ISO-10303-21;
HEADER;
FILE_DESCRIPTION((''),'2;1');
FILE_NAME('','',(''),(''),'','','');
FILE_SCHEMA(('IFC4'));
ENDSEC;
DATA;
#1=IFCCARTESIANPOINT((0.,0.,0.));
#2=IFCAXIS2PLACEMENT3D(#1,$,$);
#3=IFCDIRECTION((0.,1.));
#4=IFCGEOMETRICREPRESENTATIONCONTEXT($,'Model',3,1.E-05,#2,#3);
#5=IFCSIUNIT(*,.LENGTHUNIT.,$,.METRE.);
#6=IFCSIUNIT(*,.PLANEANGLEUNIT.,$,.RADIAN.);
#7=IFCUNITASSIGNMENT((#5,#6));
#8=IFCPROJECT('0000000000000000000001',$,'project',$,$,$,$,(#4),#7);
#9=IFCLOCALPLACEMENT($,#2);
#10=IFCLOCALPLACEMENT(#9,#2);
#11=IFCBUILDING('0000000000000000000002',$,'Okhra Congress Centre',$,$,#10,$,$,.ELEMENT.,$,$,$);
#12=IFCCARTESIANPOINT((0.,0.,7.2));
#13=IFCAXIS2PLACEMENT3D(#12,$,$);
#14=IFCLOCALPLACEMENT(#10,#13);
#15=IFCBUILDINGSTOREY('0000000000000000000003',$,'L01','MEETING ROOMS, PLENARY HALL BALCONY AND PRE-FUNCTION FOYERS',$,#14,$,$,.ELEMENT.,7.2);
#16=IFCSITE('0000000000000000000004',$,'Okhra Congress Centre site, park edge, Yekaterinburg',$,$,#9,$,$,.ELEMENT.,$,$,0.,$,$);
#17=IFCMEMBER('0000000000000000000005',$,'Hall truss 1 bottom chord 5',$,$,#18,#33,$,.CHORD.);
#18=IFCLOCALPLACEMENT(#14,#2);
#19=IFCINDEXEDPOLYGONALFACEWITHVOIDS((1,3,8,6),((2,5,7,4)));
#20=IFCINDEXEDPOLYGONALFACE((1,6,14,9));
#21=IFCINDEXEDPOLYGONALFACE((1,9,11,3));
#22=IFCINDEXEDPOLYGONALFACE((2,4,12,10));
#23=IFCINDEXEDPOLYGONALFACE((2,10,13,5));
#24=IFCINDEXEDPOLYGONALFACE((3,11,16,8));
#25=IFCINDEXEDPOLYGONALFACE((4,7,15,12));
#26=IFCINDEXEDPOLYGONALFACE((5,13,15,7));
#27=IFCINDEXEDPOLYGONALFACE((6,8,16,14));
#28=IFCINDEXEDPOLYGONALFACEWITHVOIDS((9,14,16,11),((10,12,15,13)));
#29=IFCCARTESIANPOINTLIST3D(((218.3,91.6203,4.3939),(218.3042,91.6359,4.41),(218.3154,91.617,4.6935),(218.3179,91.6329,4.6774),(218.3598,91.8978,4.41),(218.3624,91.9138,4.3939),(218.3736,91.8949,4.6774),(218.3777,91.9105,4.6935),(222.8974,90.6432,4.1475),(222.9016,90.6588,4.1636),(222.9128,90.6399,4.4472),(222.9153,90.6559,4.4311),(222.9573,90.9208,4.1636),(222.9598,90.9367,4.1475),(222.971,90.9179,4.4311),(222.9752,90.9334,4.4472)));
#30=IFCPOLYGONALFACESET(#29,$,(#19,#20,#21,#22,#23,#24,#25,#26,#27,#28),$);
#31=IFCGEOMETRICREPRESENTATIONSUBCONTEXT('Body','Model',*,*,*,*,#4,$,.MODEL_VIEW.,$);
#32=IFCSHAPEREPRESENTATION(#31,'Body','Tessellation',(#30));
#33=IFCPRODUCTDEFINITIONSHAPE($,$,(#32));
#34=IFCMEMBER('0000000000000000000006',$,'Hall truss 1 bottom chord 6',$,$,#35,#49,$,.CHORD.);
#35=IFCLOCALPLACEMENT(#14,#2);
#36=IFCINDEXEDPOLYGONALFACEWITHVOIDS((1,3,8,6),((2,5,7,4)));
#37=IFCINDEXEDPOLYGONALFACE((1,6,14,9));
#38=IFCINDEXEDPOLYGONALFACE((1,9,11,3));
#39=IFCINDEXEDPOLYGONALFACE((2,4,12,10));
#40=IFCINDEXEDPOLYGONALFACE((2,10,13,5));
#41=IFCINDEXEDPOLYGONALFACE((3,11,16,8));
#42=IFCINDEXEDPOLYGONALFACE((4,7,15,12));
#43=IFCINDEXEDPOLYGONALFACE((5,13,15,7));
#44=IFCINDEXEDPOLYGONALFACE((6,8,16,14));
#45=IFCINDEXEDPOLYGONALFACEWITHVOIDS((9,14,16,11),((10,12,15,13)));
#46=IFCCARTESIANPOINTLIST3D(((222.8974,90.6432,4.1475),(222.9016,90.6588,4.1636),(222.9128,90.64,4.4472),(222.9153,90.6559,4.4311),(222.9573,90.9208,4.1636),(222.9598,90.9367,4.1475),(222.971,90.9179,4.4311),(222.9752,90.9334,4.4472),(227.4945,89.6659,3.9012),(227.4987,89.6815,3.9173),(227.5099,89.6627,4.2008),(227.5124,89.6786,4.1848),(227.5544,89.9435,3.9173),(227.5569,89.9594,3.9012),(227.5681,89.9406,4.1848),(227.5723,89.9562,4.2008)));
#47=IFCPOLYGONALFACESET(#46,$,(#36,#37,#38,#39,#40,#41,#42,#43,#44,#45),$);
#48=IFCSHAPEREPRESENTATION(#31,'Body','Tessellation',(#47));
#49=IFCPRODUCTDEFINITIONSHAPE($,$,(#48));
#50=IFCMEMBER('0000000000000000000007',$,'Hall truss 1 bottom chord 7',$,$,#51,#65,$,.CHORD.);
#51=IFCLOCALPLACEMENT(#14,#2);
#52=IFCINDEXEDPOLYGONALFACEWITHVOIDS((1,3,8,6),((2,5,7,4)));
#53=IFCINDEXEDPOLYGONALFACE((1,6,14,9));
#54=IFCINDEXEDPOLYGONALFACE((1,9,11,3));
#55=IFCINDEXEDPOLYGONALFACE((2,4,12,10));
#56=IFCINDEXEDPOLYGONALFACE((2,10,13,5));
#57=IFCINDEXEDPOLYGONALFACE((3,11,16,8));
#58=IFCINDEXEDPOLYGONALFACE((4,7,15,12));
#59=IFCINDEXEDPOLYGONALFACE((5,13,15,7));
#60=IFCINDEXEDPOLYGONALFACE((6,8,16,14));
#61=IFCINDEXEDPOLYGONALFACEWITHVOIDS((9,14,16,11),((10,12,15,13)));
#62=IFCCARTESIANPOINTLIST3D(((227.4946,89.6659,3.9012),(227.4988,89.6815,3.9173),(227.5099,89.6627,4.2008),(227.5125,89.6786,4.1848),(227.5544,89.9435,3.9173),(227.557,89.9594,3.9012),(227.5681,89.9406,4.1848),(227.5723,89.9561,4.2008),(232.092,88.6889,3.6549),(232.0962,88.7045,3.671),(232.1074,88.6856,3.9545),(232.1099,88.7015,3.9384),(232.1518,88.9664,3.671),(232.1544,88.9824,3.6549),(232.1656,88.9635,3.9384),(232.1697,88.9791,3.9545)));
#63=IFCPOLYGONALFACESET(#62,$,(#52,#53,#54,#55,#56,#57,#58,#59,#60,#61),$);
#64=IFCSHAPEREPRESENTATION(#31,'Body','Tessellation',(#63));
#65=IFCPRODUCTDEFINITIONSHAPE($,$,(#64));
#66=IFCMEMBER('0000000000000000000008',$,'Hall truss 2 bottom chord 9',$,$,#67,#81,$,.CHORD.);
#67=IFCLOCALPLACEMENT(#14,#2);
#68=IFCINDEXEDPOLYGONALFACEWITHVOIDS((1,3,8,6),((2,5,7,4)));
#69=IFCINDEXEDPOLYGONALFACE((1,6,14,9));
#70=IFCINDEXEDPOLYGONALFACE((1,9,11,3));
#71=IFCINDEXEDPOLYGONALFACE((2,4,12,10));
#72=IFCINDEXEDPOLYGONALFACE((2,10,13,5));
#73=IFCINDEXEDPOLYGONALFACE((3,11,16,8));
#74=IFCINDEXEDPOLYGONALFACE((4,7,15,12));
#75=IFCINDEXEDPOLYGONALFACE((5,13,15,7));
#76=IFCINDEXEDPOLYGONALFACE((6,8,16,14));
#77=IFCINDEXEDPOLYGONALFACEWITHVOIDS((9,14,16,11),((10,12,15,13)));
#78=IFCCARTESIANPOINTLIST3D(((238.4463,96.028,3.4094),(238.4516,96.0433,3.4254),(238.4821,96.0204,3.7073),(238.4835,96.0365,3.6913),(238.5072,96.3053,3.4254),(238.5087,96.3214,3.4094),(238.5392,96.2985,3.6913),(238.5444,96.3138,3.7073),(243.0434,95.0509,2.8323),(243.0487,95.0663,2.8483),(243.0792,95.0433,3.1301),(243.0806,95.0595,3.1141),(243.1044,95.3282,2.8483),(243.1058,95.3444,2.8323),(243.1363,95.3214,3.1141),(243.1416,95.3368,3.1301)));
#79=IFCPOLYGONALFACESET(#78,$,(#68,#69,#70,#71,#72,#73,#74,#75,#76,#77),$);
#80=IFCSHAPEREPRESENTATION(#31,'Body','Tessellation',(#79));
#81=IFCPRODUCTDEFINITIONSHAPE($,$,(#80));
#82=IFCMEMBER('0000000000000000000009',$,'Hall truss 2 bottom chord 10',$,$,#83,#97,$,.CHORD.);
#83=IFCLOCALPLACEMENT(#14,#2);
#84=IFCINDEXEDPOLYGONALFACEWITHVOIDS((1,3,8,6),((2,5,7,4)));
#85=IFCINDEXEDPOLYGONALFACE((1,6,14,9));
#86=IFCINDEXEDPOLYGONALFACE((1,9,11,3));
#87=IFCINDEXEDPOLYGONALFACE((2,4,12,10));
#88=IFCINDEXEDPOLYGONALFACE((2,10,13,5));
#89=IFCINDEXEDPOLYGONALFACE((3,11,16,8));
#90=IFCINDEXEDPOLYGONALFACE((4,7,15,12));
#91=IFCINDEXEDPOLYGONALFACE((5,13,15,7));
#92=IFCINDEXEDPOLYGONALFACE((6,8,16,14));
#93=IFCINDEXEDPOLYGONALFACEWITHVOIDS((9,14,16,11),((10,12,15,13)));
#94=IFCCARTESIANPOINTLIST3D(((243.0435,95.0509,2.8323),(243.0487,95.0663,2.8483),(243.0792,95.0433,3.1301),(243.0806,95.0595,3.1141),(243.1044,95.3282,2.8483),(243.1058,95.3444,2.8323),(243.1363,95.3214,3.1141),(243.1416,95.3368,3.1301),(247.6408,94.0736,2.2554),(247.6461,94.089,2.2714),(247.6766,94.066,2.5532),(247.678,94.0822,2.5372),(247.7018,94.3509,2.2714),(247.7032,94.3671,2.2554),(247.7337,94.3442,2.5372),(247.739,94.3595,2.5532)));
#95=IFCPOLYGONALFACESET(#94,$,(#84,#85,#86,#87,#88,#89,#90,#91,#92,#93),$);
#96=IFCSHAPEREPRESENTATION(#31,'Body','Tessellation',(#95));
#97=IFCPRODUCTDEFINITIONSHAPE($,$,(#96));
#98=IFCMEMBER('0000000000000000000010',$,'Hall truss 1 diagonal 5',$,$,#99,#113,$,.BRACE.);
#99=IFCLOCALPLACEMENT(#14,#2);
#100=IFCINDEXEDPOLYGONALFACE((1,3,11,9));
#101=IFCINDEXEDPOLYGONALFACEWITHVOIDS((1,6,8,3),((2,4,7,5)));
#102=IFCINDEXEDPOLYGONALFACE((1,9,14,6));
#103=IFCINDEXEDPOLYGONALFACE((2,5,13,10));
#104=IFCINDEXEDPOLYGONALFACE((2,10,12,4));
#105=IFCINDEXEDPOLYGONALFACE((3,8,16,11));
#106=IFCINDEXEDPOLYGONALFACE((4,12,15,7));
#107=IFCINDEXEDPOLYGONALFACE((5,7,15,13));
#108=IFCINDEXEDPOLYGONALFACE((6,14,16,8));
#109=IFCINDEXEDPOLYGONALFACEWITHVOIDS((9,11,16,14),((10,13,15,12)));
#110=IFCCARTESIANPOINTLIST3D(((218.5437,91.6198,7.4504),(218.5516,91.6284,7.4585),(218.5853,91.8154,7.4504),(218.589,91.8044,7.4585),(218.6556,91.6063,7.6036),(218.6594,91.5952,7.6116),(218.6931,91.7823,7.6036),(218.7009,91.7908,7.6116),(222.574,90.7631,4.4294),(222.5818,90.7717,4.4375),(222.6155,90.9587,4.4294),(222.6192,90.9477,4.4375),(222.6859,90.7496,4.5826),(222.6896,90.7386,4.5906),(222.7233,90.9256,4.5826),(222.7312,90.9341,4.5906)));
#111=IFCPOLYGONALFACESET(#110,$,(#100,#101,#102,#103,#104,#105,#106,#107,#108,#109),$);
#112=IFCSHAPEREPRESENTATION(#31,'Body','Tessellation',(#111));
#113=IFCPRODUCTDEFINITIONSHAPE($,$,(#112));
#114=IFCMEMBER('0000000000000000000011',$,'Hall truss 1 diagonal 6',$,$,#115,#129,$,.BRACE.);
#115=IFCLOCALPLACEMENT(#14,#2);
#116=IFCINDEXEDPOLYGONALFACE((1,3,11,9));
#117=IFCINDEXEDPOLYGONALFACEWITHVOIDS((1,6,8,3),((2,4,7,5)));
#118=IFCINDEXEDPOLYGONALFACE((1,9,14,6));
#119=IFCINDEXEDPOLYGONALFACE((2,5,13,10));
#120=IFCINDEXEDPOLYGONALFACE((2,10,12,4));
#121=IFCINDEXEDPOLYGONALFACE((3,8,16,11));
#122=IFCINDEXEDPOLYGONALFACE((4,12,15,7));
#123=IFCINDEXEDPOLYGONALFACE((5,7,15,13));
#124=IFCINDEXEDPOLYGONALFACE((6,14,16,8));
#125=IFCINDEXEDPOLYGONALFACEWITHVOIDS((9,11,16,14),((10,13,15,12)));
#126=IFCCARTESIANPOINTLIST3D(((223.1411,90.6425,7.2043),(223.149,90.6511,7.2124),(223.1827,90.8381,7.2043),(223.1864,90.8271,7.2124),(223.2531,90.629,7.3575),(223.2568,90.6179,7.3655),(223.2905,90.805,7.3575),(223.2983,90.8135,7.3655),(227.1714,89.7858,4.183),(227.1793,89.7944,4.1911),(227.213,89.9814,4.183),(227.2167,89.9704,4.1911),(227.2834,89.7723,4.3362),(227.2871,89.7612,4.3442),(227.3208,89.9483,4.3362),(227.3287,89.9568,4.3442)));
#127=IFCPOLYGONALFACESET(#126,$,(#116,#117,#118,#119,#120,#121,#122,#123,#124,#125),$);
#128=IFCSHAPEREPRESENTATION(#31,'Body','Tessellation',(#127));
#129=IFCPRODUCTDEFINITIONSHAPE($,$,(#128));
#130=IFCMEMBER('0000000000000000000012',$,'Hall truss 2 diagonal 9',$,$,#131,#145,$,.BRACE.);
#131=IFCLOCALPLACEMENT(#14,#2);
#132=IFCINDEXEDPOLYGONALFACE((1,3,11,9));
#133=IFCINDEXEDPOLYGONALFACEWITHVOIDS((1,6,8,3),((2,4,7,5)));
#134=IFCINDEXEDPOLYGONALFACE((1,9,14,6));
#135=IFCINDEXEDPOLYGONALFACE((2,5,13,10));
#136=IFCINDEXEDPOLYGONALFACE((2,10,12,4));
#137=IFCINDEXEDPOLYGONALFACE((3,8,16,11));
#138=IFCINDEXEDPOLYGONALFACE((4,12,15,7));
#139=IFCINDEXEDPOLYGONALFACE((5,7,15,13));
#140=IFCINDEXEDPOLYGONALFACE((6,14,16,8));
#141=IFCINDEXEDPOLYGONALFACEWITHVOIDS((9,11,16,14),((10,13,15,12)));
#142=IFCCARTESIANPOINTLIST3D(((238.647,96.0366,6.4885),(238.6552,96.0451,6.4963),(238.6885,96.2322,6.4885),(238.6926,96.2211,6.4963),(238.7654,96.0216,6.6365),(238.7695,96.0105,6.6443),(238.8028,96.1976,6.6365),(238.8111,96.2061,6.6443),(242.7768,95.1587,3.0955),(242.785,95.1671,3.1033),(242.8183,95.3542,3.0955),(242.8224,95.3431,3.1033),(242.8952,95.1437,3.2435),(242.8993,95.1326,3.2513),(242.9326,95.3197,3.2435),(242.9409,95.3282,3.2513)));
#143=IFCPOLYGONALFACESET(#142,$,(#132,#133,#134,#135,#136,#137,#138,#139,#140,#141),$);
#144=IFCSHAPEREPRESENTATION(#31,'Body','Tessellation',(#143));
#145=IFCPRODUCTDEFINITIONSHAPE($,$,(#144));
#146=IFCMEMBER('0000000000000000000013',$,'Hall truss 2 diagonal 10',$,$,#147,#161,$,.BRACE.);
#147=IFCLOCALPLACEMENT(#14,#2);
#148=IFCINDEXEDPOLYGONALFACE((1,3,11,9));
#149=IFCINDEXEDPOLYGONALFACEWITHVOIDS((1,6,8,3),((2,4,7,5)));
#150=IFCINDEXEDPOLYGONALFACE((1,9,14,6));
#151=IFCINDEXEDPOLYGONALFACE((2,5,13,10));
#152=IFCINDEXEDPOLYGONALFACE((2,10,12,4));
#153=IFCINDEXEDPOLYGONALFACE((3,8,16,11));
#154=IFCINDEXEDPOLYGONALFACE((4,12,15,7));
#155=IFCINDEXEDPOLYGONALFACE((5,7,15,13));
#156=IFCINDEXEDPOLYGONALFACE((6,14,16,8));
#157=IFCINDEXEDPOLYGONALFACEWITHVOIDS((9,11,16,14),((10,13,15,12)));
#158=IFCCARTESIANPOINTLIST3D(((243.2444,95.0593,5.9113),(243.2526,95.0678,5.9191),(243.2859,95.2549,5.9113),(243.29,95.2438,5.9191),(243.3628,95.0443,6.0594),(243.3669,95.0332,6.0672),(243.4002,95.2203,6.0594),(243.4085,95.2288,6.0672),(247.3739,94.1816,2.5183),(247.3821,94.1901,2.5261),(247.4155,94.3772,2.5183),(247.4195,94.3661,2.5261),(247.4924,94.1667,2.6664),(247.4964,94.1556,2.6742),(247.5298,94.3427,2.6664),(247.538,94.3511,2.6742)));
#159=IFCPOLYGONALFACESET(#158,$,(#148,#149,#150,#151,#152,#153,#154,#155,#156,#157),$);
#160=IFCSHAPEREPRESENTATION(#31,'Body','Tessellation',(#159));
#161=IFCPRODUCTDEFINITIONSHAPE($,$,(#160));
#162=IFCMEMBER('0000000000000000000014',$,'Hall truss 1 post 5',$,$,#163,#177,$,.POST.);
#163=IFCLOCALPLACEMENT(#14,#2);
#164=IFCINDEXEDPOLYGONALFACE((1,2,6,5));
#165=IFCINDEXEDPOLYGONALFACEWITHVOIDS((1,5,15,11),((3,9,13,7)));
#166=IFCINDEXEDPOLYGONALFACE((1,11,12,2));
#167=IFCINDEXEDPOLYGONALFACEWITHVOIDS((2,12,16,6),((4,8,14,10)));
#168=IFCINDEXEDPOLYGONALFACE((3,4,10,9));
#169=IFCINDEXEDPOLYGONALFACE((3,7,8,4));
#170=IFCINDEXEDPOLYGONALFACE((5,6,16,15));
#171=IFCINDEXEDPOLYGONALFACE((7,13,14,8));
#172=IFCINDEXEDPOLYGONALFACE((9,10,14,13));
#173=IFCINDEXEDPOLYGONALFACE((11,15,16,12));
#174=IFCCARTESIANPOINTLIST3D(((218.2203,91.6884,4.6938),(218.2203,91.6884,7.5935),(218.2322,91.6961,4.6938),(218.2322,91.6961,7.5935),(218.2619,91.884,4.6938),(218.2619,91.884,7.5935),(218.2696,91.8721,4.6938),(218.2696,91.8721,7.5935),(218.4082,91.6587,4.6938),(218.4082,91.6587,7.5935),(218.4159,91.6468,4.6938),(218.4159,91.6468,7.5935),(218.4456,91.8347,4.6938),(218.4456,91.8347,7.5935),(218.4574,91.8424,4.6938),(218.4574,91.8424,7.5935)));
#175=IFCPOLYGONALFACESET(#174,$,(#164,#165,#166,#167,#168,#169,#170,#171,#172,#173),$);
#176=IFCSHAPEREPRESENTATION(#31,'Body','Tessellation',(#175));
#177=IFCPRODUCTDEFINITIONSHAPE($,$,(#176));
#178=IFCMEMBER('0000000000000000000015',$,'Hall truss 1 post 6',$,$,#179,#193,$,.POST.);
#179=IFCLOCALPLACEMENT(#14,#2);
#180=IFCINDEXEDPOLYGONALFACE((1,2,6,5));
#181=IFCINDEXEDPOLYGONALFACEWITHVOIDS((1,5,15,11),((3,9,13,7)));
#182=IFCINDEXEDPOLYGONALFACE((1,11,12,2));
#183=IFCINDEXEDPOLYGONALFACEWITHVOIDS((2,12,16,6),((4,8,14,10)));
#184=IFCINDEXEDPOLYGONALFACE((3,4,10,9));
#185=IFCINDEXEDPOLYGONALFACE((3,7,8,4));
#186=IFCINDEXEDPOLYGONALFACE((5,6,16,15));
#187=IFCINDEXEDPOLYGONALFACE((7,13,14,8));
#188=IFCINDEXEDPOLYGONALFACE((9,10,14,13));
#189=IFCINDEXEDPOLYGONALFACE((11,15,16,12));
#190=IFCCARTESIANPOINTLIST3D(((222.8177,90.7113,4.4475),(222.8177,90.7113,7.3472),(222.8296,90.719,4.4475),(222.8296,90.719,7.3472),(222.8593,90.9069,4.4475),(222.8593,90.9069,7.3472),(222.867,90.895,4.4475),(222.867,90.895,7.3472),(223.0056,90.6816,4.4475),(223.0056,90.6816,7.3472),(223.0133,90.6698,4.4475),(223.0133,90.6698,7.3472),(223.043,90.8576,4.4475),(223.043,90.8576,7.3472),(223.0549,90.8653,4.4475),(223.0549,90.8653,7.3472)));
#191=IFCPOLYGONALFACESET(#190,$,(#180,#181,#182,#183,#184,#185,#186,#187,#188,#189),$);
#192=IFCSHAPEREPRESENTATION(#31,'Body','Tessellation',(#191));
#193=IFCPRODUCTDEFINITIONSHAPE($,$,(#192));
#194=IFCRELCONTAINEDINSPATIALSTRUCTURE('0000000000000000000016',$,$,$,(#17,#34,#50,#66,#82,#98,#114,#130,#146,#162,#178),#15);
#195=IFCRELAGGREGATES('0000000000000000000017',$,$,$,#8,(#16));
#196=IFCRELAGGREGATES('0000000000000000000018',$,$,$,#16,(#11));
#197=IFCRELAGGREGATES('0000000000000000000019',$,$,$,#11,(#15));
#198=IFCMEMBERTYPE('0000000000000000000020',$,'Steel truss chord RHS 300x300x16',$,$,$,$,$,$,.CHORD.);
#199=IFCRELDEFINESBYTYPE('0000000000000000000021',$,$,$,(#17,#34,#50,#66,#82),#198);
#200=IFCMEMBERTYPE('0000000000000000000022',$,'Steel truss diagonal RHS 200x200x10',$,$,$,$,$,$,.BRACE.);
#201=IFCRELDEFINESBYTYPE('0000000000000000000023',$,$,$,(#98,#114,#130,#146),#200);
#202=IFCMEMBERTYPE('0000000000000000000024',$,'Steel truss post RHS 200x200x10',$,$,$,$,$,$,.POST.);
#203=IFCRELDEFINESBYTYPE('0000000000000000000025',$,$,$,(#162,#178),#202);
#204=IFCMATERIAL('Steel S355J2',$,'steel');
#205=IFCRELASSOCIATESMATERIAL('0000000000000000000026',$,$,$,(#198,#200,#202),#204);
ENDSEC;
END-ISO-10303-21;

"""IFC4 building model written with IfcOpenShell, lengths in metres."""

from ifc_helpers import new_model, si_unit, direction, frame, origin, origin_2d, place, context, subcontext, project, spatial, hollow_rectangle, extrude, material, material_profile, profile_set, type_object, element, save


model = new_model("IFC4")

# Units and contexts
model_context = context("Model", 3, precision=1e-05, world=origin(), true_north=direction((0.0, 1.0)))
body_context = subcontext(model_context, "Body", "Model", "MODEL_VIEW")
ifc_project = project(units=[si_unit("LENGTHUNIT", "METRE"), si_unit("PLANEANGLEUNIT", "RADIAN")], contexts=[model_context])

# Site, building, storey
site_placement = place(None, origin())
site = spatial("IfcSite", under=ifc_project, at=site_placement, Name="Okhra Congress Centre site, park edge, Yekaterinburg", CompositionType="ELEMENT", RefElevation=0.0)
building_placement = place(site_placement, origin())
building = spatial("IfcBuilding", under=site, at=building_placement, Name="Okhra Congress Centre", CompositionType="ELEMENT")
storey_placement = place(building_placement, frame((0.0, 0.0, 7.2)))
storey = spatial("IfcBuildingStorey", under=building, at=storey_placement, Name="L01", Description="MEETING ROOMS, PLENARY HALL BALCONY AND PRE-FUNCTION FOYERS", CompositionType="ELEMENT", Elevation=7.2)

# Members
ifc_material = material(Name="Steel S355J2", Category="steel")
ifc_material_profile_1 = material_profile(ifc_material, hollow_rectangle(XDim=0.3, YDim=0.3, WallThickness=0.0161, at=origin_2d()), Name="RHS 300x300x16")
ifc_profile_set_1 = profile_set([ifc_material_profile_1], Name="Steel S355J2")
member_type_1 = type_object("IfcMemberType", Name="Steel truss chord RHS 300x300x16", PredefinedType="CHORD", material=ifc_profile_set_1)
member_1_placement = place(storey_placement, frame((218.3389, 91.7654, 4.5437), z_axis=(0.976814, -0.207594, -0.052339), x_axis=(0.207879, 0.978154, 0.0)))
element("IfcMember", 1, at=member_1_placement, inside=storey, type_object=member_type_1, Name="Hall truss 1 bottom chord 5", PredefinedType="CHORD", context=body_context, shape_type="SweptSolid", body=[
    extrude(hollow_rectangle(XDim=0.3, YDim=0.3, WallThickness=0.0161, at=origin_2d()), origin(), (0.0, 0.0, 1.0), 4.7065),
])
member_2_placement = place(storey_placement, frame((222.9363, 90.7883, 4.2974), z_axis=(0.976801, -0.207654, -0.052342), x_axis=(0.20794, 0.978142, 0.0)))
element("IfcMember", 2, at=member_2_placement, inside=storey, type_object=member_type_1, Name="Hall truss 1 bottom chord 6", PredefinedType="CHORD", context=body_context, shape_type="SweptSolid", body=[
    extrude(hollow_rectangle(XDim=0.3, YDim=0.3, WallThickness=0.0161, at=origin_2d()), origin(), (0.0, 0.0, 1.0), 4.7063),
])
member_3_placement = place(storey_placement, frame((227.5334, 89.811, 4.051), z_axis=(0.976814, -0.207594, -0.052339), x_axis=(0.207879, 0.978154, 0.0)))
element("IfcMember", 3, at=member_3_placement, inside=storey, type_object=member_type_1, Name="Hall truss 1 bottom chord 7", PredefinedType="CHORD", context=body_context, shape_type="SweptSolid", body=[
    extrude(hollow_rectangle(XDim=0.3, YDim=0.3, WallThickness=0.0161, at=origin_2d()), origin(), (0.0, 0.0, 1.0), 4.7065),
])
member_4_placement = place(storey_placement, frame((238.4954, 96.1709, 3.5583), z_axis=(0.970859, -0.20634, -0.121886), x_axis=(0.20789, 0.978152, 0.0)))
element("IfcMember", 4, at=member_4_placement, inside=storey, type_object=member_type_1, Name="Hall truss 2 bottom chord 9", PredefinedType="CHORD", context=body_context, shape_type="SweptSolid", body=[
    extrude(hollow_rectangle(XDim=0.3, YDim=0.3, WallThickness=0.0161, at=origin_2d()), origin(), (0.0, 0.0, 1.0), 4.7351),
])
member_5_placement = place(storey_placement, frame((243.0925, 95.1938, 2.9812), z_axis=(0.970858, -0.20638, -0.121828), x_axis=(0.207929, 0.978144, 0.0)))
element("IfcMember", 5, at=member_5_placement, inside=storey, type_object=member_type_1, Name="Hall truss 2 bottom chord 10", PredefinedType="CHORD", context=body_context, shape_type="SweptSolid", body=[
    extrude(hollow_rectangle(XDim=0.3, YDim=0.3, WallThickness=0.0161, at=origin_2d()), origin(), (0.0, 0.0, 1.0), 4.7354),
])
ifc_material_profile_2 = material_profile(ifc_material, hollow_rectangle(XDim=0.2, YDim=0.2, WallThickness=0.01, at=origin_2d()), Name="RHS 200x200x10 diagonal")
ifc_profile_set_2 = profile_set([ifc_material_profile_2], Name="Steel S355J2")
member_type_2 = type_object("IfcMemberType", Name="Steel truss diagonal RHS 200x200x10", PredefinedType="BRACE", material=ifc_profile_set_2)
member_6_placement = place(storey_placement, frame((218.6223, 91.7053, 7.531), z_axis=(0.788834, -0.167677, -0.591291), x_axis=(0.207918, 0.978146, 0.0)))
element("IfcMember", 6, at=member_6_placement, inside=storey, type_object=member_type_2, Name="Hall truss 1 diagonal 5", PredefinedType="BRACE", context=body_context, shape_type="SweptSolid", body=[
    extrude(hollow_rectangle(XDim=0.2, YDim=0.2, WallThickness=0.01, at=origin_2d()), origin(), (0.0, 0.0, 1.0), 5.1091),
])
member_7_placement = place(storey_placement, frame((223.2197, 90.728, 7.2849), z_axis=(0.788812, -0.167673, -0.591322), x_axis=(0.207918, 0.978146, 0.0)))
element("IfcMember", 7, at=member_7_placement, inside=storey, type_object=member_type_2, Name="Hall truss 1 diagonal 6", PredefinedType="BRACE", context=body_context, shape_type="SweptSolid", body=[
    extrude(hollow_rectangle(XDim=0.2, YDim=0.2, WallThickness=0.01, at=origin_2d()), origin(), (0.0, 0.0, 1.0), 5.1094),
])
member_8_placement = place(storey_placement, frame((238.729, 96.1213, 6.5664), z_axis=(0.762449, -0.162081, -0.62642), x_axis=(0.207933, 0.978143, 0.0)))
element("IfcMember", 8, at=member_8_placement, inside=storey, type_object=member_type_2, Name="Hall truss 2 diagonal 9", PredefinedType="BRACE", context=body_context, shape_type="SweptSolid", body=[
    extrude(hollow_rectangle(XDim=0.2, YDim=0.2, WallThickness=0.01, at=origin_2d()), origin(), (0.0, 0.0, 1.0), 5.4165),
])
member_9_placement = place(storey_placement, frame((243.3264, 95.144, 5.9893), z_axis=(0.762436, -0.162043, -0.626446), x_axis=(0.20789, 0.978152, 0.0)))
element("IfcMember", 9, at=member_9_placement, inside=storey, type_object=member_type_2, Name="Hall truss 2 diagonal 10", PredefinedType="BRACE", context=body_context, shape_type="SweptSolid", body=[
    extrude(hollow_rectangle(XDim=0.2, YDim=0.2, WallThickness=0.01, at=origin_2d()), origin(), (0.0, 0.0, 1.0), 5.4163),
])
ifc_material_profile_3 = material_profile(ifc_material, hollow_rectangle(XDim=0.2, YDim=0.2, WallThickness=0.01, at=origin_2d()), Name="RHS 200x200x10")
ifc_profile_set_3 = profile_set([ifc_material_profile_3], Name="Steel S355J2")
member_type_3 = type_object("IfcMemberType", Name="Steel truss post RHS 200x200x10", PredefinedType="POST", material=ifc_profile_set_3)
for number, where, z_axis, x_axis, name in (
    (10, (218.3389, 91.7654, 4.6938), (0.0, 0.0, 1.0), (0.978148, -0.207912, 0.0), "Hall truss 1 post 5"),
    (11, (222.9363, 90.7883, 4.4475), (0.0, 0.0, 1.0), (0.978148, -0.207912, 0.0), "Hall truss 1 post 6"),
):
    element("IfcMember", number, at=place(storey_placement, frame(where, z_axis=z_axis, x_axis=x_axis)), inside=storey, type_object=member_type_3, Name=name, PredefinedType="POST", context=body_context, shape_type="SweptSolid", body=[
        extrude(hollow_rectangle(XDim=0.2, YDim=0.2, WallThickness=0.01, at=origin_2d()), origin(), (0.0, 0.0, 1.0), 2.8997),
    ])

save(model, "model.ifc")
